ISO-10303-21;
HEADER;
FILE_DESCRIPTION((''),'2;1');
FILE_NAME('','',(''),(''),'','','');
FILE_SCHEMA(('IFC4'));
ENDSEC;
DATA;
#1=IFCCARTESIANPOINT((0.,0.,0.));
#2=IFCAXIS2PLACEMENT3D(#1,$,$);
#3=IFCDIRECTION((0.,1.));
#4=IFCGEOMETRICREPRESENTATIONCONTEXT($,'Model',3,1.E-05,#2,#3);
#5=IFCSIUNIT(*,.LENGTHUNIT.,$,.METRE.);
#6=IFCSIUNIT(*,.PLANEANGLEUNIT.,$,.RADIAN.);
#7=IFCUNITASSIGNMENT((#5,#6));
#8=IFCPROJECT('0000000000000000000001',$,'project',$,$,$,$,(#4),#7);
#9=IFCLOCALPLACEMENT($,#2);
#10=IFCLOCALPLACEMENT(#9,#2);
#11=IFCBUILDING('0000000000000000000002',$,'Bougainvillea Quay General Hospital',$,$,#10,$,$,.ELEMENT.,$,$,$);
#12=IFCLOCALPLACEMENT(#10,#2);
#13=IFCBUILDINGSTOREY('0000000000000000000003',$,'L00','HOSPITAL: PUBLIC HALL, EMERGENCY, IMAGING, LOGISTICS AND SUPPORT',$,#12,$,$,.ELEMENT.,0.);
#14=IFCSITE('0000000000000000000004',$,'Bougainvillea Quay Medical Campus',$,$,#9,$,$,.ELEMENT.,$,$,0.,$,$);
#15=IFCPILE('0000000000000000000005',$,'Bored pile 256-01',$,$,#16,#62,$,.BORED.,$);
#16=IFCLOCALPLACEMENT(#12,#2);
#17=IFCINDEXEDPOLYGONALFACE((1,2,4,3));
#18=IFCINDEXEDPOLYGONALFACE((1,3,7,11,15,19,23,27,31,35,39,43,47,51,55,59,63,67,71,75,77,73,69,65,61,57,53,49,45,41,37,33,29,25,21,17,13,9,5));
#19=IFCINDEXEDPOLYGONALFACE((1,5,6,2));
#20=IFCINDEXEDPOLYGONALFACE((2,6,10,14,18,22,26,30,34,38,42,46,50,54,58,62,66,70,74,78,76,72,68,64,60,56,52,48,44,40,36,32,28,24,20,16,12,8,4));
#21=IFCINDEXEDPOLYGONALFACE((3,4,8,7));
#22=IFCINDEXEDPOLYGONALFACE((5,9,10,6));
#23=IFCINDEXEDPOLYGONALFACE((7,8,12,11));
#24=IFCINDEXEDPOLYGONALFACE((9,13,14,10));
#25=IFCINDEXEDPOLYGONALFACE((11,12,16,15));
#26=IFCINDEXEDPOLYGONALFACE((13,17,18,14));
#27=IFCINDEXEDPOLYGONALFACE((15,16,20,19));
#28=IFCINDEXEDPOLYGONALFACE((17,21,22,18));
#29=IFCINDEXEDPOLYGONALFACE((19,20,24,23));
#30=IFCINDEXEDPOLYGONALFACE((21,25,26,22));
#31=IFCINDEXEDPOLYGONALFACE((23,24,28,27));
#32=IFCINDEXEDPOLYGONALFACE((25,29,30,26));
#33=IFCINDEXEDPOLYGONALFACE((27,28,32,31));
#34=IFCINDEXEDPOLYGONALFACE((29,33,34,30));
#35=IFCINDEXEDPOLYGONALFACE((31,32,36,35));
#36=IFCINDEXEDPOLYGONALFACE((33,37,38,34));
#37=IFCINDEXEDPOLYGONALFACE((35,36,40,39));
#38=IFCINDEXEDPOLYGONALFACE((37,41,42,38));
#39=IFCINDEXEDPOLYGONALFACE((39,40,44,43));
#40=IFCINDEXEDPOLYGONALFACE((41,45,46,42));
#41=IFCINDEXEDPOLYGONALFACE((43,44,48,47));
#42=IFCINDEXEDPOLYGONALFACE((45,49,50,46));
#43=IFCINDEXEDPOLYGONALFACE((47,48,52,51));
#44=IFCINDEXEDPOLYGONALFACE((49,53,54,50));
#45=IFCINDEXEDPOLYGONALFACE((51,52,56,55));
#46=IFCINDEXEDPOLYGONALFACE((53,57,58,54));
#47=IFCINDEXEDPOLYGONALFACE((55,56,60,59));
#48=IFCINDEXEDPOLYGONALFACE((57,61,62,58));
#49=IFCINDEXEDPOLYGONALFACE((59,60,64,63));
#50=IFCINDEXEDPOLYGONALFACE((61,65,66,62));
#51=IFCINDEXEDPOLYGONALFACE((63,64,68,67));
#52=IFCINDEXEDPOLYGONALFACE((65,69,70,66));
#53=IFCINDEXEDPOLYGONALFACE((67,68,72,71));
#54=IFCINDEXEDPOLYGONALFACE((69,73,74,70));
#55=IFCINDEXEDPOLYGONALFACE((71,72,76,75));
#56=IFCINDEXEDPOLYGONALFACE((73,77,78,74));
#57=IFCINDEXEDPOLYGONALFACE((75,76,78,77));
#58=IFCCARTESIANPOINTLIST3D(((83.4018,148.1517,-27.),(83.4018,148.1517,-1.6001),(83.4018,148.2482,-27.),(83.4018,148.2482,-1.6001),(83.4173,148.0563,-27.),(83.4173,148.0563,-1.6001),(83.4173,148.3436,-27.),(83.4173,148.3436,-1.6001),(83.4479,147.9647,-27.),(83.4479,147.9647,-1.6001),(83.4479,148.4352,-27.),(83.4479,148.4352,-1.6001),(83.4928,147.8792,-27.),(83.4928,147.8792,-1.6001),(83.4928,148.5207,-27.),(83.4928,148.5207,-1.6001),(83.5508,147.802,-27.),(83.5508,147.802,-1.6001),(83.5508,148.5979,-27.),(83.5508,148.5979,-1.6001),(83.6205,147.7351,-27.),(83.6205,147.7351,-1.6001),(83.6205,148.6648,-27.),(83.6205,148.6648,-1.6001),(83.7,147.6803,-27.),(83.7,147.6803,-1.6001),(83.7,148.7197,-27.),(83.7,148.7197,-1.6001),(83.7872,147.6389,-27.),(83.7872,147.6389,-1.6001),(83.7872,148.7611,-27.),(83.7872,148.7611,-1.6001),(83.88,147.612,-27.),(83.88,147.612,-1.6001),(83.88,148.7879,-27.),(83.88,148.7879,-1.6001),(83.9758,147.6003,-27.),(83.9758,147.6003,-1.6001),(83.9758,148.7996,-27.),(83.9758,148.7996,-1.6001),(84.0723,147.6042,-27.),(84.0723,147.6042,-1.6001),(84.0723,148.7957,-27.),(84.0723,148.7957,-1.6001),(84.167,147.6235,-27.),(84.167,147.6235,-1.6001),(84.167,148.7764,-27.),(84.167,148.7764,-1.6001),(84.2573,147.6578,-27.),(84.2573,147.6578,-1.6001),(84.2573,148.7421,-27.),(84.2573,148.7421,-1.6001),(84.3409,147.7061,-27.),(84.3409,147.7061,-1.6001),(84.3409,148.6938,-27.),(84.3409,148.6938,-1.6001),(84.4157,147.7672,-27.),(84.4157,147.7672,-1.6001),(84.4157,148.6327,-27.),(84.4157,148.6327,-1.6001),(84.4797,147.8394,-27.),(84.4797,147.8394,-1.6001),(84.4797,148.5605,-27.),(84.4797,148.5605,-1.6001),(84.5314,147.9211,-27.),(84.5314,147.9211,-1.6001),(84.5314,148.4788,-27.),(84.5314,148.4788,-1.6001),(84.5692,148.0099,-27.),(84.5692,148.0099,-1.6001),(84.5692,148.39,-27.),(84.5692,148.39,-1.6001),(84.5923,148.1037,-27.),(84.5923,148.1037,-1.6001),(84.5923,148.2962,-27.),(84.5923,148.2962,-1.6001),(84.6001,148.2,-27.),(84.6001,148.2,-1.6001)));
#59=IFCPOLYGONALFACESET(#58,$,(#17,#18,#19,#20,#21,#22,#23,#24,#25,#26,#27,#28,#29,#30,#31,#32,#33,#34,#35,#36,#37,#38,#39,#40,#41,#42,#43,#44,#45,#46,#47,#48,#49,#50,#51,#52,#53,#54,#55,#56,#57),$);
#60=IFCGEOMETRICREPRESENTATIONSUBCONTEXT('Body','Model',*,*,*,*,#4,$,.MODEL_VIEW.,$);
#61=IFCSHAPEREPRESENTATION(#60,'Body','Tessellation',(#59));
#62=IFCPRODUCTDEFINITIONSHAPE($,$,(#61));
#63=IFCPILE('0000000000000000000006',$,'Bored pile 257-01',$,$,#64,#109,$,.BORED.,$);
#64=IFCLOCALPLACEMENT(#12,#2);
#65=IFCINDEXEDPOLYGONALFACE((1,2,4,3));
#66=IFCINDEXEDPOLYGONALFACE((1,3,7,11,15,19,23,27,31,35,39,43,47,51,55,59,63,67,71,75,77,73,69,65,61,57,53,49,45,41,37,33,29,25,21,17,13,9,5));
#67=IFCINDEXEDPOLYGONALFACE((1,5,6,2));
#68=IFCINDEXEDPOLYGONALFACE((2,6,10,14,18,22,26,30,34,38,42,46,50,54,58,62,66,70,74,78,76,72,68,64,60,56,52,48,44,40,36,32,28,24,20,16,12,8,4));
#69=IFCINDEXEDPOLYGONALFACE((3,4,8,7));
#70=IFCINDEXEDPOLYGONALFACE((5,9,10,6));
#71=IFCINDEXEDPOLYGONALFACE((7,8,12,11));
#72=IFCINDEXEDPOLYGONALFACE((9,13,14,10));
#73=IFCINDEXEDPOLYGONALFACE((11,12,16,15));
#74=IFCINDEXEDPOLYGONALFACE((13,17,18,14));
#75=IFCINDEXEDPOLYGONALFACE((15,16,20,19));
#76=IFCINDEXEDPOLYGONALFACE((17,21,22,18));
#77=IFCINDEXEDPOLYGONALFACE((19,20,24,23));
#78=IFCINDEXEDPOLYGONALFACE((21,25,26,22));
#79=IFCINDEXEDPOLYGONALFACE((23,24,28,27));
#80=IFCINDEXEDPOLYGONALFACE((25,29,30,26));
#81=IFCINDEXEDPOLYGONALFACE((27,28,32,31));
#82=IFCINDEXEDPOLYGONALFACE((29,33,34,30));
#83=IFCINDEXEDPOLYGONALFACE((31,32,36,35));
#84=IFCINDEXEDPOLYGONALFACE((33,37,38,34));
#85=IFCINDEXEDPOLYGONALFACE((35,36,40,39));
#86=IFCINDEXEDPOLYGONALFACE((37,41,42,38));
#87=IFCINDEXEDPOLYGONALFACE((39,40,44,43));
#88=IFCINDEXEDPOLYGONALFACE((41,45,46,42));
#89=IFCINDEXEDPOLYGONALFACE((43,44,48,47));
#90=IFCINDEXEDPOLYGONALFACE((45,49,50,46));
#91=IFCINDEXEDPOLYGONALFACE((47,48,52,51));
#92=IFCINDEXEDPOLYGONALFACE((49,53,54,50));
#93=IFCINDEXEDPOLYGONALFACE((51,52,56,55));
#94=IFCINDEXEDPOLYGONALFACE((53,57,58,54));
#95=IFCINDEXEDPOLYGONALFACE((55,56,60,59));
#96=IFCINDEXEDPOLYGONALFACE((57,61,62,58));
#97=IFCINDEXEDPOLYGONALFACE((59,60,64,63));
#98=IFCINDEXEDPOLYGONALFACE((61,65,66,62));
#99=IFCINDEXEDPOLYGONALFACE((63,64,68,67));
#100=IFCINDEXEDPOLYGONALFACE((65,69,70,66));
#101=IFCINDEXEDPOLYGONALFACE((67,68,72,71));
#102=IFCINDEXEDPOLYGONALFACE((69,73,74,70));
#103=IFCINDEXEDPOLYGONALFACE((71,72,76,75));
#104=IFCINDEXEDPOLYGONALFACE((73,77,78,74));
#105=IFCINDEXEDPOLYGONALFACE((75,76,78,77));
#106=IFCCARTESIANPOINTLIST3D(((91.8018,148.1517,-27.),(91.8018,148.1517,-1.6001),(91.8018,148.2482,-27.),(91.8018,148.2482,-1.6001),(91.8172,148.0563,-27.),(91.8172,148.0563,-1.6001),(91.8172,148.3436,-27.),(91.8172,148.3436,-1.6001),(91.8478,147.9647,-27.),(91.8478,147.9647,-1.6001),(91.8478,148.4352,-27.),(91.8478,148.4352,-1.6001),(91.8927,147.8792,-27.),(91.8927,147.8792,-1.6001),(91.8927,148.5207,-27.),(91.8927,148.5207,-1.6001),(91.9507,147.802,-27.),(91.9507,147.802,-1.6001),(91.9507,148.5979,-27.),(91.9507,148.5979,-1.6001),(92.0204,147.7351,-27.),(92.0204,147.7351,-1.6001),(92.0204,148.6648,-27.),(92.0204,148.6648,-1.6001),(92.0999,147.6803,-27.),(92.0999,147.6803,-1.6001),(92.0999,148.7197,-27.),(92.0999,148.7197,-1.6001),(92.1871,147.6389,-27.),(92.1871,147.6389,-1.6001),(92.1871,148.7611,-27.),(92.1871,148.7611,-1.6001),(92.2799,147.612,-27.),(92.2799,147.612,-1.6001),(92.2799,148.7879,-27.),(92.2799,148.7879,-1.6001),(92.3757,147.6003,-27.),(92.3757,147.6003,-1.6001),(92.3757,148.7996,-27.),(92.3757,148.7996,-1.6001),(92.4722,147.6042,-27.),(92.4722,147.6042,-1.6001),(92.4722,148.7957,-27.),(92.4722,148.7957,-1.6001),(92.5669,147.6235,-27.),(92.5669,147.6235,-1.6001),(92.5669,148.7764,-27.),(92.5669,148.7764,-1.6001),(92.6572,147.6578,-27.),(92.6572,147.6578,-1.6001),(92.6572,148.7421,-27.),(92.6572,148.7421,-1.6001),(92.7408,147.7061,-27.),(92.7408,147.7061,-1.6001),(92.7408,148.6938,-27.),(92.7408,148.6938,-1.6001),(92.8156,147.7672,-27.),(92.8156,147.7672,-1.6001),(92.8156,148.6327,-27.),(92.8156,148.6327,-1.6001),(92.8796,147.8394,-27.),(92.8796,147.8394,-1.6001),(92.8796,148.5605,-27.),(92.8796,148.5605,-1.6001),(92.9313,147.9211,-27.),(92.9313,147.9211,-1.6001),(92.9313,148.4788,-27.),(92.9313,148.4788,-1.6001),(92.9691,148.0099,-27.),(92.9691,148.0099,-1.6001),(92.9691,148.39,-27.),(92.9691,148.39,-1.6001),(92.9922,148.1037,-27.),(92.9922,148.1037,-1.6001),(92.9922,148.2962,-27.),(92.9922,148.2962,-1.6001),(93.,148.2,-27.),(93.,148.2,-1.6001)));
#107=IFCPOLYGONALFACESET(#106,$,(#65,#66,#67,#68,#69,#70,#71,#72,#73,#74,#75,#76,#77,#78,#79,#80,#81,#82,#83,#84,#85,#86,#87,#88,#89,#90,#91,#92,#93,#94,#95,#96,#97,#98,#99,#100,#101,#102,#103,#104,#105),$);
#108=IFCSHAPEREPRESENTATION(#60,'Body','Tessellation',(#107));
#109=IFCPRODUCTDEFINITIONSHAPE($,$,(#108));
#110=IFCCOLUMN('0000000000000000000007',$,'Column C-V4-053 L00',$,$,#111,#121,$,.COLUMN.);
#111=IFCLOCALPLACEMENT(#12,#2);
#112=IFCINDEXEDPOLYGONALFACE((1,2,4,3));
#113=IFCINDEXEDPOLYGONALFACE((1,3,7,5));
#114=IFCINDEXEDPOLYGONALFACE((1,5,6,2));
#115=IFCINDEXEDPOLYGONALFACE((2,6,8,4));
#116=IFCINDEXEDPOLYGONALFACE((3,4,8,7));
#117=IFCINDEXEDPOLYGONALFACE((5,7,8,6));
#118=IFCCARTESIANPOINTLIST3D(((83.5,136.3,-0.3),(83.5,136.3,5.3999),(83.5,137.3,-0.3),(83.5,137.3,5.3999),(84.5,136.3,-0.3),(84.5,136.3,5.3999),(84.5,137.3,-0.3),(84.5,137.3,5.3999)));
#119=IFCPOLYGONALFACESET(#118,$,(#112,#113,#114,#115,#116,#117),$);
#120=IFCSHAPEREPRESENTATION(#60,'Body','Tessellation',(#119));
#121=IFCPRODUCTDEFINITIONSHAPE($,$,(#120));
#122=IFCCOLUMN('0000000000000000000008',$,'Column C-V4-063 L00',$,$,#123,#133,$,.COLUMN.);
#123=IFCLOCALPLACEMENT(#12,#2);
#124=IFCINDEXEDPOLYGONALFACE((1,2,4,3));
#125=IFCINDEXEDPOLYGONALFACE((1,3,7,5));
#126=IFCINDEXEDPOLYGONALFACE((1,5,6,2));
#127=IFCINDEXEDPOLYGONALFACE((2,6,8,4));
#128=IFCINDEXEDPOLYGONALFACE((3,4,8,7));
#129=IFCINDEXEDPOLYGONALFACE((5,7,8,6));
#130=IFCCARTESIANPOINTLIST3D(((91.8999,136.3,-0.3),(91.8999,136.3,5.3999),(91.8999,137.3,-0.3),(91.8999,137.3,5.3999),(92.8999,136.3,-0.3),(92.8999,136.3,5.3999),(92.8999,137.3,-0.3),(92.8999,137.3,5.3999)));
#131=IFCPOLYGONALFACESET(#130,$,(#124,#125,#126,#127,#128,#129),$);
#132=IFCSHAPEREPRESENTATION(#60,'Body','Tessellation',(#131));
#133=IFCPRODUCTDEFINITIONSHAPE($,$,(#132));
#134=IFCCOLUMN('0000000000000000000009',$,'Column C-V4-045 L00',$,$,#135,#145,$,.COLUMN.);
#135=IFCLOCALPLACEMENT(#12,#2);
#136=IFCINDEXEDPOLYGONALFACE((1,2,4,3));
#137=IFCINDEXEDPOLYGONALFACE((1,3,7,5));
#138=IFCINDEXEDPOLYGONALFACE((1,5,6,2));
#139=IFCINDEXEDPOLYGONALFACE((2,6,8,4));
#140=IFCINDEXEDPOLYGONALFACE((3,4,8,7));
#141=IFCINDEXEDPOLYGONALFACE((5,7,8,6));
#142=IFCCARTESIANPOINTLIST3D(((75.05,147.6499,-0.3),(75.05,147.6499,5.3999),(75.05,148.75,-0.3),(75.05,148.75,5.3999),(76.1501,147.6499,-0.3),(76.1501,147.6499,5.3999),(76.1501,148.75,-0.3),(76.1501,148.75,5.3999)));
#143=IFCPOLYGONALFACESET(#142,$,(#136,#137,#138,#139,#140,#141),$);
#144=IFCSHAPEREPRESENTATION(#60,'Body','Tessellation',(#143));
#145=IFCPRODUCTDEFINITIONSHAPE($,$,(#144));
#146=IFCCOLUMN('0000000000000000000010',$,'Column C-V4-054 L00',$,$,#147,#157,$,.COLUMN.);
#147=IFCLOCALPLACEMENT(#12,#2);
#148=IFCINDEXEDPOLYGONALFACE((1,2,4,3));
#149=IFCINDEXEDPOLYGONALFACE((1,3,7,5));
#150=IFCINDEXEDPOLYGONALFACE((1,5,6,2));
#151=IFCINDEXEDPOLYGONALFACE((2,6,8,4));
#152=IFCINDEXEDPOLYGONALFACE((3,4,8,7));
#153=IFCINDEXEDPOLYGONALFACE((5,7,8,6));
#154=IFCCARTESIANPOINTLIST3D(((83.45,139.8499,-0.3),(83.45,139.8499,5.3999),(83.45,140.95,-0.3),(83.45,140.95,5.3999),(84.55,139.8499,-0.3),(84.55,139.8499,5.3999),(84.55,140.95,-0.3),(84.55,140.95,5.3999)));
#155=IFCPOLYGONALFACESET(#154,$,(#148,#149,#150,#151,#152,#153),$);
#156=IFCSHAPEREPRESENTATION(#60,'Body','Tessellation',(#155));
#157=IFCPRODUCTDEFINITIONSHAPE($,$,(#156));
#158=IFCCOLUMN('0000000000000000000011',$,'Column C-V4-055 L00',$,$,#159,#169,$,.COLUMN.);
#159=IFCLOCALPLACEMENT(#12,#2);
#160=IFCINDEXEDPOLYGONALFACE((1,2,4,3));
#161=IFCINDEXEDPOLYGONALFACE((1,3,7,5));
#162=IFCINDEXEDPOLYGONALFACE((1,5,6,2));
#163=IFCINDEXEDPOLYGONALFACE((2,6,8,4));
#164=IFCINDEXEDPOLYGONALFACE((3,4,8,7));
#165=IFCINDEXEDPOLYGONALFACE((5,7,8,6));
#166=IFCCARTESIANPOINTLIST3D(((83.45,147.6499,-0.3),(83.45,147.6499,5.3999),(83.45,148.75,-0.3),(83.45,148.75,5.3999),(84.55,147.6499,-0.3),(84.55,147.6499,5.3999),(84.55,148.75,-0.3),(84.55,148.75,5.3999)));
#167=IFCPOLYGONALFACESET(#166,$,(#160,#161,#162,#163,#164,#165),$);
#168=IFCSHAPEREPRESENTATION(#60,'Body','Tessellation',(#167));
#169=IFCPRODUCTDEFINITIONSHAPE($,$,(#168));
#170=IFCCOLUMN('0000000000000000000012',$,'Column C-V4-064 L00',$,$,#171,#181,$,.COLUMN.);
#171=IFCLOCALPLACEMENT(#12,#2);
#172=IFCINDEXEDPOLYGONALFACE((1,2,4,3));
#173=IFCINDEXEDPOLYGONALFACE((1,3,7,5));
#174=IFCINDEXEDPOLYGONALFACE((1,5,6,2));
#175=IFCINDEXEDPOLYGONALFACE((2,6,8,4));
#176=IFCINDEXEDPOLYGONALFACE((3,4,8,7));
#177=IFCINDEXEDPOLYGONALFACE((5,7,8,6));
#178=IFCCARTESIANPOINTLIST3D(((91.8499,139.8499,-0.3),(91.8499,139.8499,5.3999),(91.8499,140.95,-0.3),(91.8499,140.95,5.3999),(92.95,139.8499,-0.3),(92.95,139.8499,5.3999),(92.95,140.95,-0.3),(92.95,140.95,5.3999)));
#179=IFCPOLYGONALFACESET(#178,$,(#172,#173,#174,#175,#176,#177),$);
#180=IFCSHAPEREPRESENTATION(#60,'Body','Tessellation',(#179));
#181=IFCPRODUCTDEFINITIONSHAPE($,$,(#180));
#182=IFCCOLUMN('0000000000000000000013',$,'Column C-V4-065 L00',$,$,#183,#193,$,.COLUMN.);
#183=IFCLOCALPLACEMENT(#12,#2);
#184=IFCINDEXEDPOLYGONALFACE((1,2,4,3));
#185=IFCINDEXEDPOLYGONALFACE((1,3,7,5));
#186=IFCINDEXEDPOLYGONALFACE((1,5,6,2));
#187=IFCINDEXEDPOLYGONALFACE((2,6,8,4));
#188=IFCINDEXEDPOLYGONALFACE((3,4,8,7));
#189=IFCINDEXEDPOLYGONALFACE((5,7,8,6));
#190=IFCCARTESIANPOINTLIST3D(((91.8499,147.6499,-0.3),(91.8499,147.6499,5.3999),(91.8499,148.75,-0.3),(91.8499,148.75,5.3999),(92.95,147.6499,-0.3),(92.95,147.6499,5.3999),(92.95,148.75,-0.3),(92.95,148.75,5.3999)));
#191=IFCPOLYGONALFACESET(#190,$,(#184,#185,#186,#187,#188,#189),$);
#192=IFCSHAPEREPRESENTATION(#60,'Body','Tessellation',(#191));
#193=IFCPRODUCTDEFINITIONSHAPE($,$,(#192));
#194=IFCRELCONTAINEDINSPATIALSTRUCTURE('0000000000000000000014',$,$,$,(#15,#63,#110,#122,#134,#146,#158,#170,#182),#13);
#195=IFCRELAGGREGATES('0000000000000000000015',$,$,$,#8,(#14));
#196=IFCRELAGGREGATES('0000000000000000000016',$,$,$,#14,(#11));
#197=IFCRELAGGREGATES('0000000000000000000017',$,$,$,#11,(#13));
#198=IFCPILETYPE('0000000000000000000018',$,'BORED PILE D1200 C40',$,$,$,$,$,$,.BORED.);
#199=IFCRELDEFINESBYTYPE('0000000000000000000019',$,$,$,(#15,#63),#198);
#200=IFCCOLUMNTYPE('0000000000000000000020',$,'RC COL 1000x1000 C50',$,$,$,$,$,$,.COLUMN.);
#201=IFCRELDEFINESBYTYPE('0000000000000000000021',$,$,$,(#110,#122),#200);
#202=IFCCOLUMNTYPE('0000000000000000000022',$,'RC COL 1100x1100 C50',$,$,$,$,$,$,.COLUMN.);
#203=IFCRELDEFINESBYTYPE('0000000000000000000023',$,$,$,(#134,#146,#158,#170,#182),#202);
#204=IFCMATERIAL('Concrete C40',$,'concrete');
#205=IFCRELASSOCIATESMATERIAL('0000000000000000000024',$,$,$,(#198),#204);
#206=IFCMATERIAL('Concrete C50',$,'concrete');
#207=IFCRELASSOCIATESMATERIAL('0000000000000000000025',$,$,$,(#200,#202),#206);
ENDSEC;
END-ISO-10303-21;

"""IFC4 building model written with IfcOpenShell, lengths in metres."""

from ifc_helpers import new_model, si_unit, direction, frame, origin, origin_2d, place, context, subcontext, project, spatial, rectangle, circle, extrude, material, material_profile, profile_set, type_object, element, save


model = new_model("IFC4")

# Units and contexts
model_context = context("Model", 3, precision=1e-05, world=origin(), true_north=direction((0.0, 1.0)))
body_context = subcontext(model_context, "Body", "Model", "MODEL_VIEW")
ifc_project = project(units=[si_unit("LENGTHUNIT", "METRE"), si_unit("PLANEANGLEUNIT", "RADIAN")], contexts=[model_context])

# Site, building, storey
site_placement = place(None, origin())
site = spatial("IfcSite", under=ifc_project, at=site_placement, Name="Bougainvillea Quay Medical Campus", CompositionType="ELEMENT", RefElevation=0.0)
building_placement = place(site_placement, origin())
building = spatial("IfcBuilding", under=site, at=building_placement, Name="Bougainvillea Quay General Hospital", CompositionType="ELEMENT")
storey_placement = place(building_placement, origin())
storey = spatial("IfcBuildingStorey", under=building, at=storey_placement, Name="L00", Description="HOSPITAL: PUBLIC HALL, EMERGENCY, IMAGING, LOGISTICS AND SUPPORT", CompositionType="ELEMENT", Elevation=0.0)

# Piles
ifc_material_1 = material(Name="Concrete C40", Category="concrete")
ifc_material_profile_1 = material_profile(ifc_material_1, circle(Radius=0.6001, at=origin_2d()))
ifc_profile_set_1 = profile_set([ifc_material_profile_1], Name="Concrete C40")
pile_type = type_object("IfcPileType", Name="BORED PILE D1200 C40", PredefinedType="BORED", material=ifc_profile_set_1)
for number, where, z_axis, x_axis, name in (
    (1, (84.0, 148.2, -1.6001), (0.0, 0.0, -1.0), (1.0, 0.0, 0.0), "Bored pile 256-01"),
    (2, (92.3999, 148.2, -1.6001), (0.0, 0.0, -1.0), (1.0, 0.0, 0.0), "Bored pile 257-01"),
):
    element("IfcPile", number, at=place(storey_placement, frame(where, z_axis=z_axis, x_axis=x_axis)), inside=storey, type_object=pile_type, Name=name, PredefinedType="BORED", context=body_context, shape_type="SweptSolid", body=[
        extrude(circle(Radius=0.6001, at=origin_2d()), origin(), (0.0, 0.0, 1.0), 25.3999),
    ])

# Columns
ifc_material_2 = material(Name="Concrete C50", Category="concrete")
ifc_material_profile_2 = material_profile(ifc_material_2, rectangle(XDim=1.0, YDim=1.0, at=origin_2d()))
ifc_profile_set_2 = profile_set([ifc_material_profile_2], Name="Concrete C50")
column_type_1 = type_object("IfcColumnType", Name="RC COL 1000x1000 C50", PredefinedType="COLUMN", material=ifc_profile_set_2)
for number, where, z_axis, x_axis, name in (
    (3, (84.0, 136.8, -0.3), (0.0, 0.0, 1.0), (1.0, 0.0, 0.0), "Column C-V4-053 L00"),
    (4, (92.3999, 136.8, -0.3), (0.0, 0.0, 1.0), (1.0, 0.0, 0.0), "Column C-V4-063 L00"),
):
    element("IfcColumn", number, at=place(storey_placement, frame(where, z_axis=z_axis, x_axis=x_axis)), inside=storey, type_object=column_type_1, Name=name, PredefinedType="COLUMN", context=body_context, shape_type="SweptSolid", body=[
        extrude(rectangle(XDim=1.0, YDim=1.0, at=origin_2d()), origin(), (0.0, 0.0, 1.0), 5.7),
    ])
ifc_material_profile_3 = material_profile(ifc_material_2, rectangle(XDim=1.1001, YDim=1.1001, at=origin_2d()))
ifc_profile_set_3 = profile_set([ifc_material_profile_3], Name="Concrete C50")
column_type_2 = type_object("IfcColumnType", Name="RC COL 1100x1100 C50", PredefinedType="COLUMN", material=ifc_profile_set_3)
for number, where, z_axis, x_axis, name in (
    (5, (75.6001, 148.2, -0.3), (0.0, 0.0, 1.0), (1.0, 0.0, 0.0), "Column C-V4-045 L00"),
    (6, (84.0, 140.3999, -0.3), (0.0, 0.0, 1.0), (1.0, 0.0, 0.0), "Column C-V4-054 L00"),
    (7, (84.0, 148.2, -0.3), (0.0, 0.0, 1.0), (1.0, 0.0, 0.0), "Column C-V4-055 L00"),
    (8, (92.3999, 140.3999, -0.3), (0.0, 0.0, 1.0), (1.0, 0.0, 0.0), "Column C-V4-064 L00"),
    (9, (92.3999, 148.2, -0.3), (0.0, 0.0, 1.0), (1.0, 0.0, 0.0), "Column C-V4-065 L00"),
):
    element("IfcColumn", number, at=place(storey_placement, frame(where, z_axis=z_axis, x_axis=x_axis)), inside=storey, type_object=column_type_2, Name=name, PredefinedType="COLUMN", context=body_context, shape_type="SweptSolid", body=[
        extrude(rectangle(XDim=1.1001, YDim=1.1001, at=origin_2d()), origin(), (0.0, 0.0, 1.0), 5.7),
    ])

save(model, "model.ifc")
